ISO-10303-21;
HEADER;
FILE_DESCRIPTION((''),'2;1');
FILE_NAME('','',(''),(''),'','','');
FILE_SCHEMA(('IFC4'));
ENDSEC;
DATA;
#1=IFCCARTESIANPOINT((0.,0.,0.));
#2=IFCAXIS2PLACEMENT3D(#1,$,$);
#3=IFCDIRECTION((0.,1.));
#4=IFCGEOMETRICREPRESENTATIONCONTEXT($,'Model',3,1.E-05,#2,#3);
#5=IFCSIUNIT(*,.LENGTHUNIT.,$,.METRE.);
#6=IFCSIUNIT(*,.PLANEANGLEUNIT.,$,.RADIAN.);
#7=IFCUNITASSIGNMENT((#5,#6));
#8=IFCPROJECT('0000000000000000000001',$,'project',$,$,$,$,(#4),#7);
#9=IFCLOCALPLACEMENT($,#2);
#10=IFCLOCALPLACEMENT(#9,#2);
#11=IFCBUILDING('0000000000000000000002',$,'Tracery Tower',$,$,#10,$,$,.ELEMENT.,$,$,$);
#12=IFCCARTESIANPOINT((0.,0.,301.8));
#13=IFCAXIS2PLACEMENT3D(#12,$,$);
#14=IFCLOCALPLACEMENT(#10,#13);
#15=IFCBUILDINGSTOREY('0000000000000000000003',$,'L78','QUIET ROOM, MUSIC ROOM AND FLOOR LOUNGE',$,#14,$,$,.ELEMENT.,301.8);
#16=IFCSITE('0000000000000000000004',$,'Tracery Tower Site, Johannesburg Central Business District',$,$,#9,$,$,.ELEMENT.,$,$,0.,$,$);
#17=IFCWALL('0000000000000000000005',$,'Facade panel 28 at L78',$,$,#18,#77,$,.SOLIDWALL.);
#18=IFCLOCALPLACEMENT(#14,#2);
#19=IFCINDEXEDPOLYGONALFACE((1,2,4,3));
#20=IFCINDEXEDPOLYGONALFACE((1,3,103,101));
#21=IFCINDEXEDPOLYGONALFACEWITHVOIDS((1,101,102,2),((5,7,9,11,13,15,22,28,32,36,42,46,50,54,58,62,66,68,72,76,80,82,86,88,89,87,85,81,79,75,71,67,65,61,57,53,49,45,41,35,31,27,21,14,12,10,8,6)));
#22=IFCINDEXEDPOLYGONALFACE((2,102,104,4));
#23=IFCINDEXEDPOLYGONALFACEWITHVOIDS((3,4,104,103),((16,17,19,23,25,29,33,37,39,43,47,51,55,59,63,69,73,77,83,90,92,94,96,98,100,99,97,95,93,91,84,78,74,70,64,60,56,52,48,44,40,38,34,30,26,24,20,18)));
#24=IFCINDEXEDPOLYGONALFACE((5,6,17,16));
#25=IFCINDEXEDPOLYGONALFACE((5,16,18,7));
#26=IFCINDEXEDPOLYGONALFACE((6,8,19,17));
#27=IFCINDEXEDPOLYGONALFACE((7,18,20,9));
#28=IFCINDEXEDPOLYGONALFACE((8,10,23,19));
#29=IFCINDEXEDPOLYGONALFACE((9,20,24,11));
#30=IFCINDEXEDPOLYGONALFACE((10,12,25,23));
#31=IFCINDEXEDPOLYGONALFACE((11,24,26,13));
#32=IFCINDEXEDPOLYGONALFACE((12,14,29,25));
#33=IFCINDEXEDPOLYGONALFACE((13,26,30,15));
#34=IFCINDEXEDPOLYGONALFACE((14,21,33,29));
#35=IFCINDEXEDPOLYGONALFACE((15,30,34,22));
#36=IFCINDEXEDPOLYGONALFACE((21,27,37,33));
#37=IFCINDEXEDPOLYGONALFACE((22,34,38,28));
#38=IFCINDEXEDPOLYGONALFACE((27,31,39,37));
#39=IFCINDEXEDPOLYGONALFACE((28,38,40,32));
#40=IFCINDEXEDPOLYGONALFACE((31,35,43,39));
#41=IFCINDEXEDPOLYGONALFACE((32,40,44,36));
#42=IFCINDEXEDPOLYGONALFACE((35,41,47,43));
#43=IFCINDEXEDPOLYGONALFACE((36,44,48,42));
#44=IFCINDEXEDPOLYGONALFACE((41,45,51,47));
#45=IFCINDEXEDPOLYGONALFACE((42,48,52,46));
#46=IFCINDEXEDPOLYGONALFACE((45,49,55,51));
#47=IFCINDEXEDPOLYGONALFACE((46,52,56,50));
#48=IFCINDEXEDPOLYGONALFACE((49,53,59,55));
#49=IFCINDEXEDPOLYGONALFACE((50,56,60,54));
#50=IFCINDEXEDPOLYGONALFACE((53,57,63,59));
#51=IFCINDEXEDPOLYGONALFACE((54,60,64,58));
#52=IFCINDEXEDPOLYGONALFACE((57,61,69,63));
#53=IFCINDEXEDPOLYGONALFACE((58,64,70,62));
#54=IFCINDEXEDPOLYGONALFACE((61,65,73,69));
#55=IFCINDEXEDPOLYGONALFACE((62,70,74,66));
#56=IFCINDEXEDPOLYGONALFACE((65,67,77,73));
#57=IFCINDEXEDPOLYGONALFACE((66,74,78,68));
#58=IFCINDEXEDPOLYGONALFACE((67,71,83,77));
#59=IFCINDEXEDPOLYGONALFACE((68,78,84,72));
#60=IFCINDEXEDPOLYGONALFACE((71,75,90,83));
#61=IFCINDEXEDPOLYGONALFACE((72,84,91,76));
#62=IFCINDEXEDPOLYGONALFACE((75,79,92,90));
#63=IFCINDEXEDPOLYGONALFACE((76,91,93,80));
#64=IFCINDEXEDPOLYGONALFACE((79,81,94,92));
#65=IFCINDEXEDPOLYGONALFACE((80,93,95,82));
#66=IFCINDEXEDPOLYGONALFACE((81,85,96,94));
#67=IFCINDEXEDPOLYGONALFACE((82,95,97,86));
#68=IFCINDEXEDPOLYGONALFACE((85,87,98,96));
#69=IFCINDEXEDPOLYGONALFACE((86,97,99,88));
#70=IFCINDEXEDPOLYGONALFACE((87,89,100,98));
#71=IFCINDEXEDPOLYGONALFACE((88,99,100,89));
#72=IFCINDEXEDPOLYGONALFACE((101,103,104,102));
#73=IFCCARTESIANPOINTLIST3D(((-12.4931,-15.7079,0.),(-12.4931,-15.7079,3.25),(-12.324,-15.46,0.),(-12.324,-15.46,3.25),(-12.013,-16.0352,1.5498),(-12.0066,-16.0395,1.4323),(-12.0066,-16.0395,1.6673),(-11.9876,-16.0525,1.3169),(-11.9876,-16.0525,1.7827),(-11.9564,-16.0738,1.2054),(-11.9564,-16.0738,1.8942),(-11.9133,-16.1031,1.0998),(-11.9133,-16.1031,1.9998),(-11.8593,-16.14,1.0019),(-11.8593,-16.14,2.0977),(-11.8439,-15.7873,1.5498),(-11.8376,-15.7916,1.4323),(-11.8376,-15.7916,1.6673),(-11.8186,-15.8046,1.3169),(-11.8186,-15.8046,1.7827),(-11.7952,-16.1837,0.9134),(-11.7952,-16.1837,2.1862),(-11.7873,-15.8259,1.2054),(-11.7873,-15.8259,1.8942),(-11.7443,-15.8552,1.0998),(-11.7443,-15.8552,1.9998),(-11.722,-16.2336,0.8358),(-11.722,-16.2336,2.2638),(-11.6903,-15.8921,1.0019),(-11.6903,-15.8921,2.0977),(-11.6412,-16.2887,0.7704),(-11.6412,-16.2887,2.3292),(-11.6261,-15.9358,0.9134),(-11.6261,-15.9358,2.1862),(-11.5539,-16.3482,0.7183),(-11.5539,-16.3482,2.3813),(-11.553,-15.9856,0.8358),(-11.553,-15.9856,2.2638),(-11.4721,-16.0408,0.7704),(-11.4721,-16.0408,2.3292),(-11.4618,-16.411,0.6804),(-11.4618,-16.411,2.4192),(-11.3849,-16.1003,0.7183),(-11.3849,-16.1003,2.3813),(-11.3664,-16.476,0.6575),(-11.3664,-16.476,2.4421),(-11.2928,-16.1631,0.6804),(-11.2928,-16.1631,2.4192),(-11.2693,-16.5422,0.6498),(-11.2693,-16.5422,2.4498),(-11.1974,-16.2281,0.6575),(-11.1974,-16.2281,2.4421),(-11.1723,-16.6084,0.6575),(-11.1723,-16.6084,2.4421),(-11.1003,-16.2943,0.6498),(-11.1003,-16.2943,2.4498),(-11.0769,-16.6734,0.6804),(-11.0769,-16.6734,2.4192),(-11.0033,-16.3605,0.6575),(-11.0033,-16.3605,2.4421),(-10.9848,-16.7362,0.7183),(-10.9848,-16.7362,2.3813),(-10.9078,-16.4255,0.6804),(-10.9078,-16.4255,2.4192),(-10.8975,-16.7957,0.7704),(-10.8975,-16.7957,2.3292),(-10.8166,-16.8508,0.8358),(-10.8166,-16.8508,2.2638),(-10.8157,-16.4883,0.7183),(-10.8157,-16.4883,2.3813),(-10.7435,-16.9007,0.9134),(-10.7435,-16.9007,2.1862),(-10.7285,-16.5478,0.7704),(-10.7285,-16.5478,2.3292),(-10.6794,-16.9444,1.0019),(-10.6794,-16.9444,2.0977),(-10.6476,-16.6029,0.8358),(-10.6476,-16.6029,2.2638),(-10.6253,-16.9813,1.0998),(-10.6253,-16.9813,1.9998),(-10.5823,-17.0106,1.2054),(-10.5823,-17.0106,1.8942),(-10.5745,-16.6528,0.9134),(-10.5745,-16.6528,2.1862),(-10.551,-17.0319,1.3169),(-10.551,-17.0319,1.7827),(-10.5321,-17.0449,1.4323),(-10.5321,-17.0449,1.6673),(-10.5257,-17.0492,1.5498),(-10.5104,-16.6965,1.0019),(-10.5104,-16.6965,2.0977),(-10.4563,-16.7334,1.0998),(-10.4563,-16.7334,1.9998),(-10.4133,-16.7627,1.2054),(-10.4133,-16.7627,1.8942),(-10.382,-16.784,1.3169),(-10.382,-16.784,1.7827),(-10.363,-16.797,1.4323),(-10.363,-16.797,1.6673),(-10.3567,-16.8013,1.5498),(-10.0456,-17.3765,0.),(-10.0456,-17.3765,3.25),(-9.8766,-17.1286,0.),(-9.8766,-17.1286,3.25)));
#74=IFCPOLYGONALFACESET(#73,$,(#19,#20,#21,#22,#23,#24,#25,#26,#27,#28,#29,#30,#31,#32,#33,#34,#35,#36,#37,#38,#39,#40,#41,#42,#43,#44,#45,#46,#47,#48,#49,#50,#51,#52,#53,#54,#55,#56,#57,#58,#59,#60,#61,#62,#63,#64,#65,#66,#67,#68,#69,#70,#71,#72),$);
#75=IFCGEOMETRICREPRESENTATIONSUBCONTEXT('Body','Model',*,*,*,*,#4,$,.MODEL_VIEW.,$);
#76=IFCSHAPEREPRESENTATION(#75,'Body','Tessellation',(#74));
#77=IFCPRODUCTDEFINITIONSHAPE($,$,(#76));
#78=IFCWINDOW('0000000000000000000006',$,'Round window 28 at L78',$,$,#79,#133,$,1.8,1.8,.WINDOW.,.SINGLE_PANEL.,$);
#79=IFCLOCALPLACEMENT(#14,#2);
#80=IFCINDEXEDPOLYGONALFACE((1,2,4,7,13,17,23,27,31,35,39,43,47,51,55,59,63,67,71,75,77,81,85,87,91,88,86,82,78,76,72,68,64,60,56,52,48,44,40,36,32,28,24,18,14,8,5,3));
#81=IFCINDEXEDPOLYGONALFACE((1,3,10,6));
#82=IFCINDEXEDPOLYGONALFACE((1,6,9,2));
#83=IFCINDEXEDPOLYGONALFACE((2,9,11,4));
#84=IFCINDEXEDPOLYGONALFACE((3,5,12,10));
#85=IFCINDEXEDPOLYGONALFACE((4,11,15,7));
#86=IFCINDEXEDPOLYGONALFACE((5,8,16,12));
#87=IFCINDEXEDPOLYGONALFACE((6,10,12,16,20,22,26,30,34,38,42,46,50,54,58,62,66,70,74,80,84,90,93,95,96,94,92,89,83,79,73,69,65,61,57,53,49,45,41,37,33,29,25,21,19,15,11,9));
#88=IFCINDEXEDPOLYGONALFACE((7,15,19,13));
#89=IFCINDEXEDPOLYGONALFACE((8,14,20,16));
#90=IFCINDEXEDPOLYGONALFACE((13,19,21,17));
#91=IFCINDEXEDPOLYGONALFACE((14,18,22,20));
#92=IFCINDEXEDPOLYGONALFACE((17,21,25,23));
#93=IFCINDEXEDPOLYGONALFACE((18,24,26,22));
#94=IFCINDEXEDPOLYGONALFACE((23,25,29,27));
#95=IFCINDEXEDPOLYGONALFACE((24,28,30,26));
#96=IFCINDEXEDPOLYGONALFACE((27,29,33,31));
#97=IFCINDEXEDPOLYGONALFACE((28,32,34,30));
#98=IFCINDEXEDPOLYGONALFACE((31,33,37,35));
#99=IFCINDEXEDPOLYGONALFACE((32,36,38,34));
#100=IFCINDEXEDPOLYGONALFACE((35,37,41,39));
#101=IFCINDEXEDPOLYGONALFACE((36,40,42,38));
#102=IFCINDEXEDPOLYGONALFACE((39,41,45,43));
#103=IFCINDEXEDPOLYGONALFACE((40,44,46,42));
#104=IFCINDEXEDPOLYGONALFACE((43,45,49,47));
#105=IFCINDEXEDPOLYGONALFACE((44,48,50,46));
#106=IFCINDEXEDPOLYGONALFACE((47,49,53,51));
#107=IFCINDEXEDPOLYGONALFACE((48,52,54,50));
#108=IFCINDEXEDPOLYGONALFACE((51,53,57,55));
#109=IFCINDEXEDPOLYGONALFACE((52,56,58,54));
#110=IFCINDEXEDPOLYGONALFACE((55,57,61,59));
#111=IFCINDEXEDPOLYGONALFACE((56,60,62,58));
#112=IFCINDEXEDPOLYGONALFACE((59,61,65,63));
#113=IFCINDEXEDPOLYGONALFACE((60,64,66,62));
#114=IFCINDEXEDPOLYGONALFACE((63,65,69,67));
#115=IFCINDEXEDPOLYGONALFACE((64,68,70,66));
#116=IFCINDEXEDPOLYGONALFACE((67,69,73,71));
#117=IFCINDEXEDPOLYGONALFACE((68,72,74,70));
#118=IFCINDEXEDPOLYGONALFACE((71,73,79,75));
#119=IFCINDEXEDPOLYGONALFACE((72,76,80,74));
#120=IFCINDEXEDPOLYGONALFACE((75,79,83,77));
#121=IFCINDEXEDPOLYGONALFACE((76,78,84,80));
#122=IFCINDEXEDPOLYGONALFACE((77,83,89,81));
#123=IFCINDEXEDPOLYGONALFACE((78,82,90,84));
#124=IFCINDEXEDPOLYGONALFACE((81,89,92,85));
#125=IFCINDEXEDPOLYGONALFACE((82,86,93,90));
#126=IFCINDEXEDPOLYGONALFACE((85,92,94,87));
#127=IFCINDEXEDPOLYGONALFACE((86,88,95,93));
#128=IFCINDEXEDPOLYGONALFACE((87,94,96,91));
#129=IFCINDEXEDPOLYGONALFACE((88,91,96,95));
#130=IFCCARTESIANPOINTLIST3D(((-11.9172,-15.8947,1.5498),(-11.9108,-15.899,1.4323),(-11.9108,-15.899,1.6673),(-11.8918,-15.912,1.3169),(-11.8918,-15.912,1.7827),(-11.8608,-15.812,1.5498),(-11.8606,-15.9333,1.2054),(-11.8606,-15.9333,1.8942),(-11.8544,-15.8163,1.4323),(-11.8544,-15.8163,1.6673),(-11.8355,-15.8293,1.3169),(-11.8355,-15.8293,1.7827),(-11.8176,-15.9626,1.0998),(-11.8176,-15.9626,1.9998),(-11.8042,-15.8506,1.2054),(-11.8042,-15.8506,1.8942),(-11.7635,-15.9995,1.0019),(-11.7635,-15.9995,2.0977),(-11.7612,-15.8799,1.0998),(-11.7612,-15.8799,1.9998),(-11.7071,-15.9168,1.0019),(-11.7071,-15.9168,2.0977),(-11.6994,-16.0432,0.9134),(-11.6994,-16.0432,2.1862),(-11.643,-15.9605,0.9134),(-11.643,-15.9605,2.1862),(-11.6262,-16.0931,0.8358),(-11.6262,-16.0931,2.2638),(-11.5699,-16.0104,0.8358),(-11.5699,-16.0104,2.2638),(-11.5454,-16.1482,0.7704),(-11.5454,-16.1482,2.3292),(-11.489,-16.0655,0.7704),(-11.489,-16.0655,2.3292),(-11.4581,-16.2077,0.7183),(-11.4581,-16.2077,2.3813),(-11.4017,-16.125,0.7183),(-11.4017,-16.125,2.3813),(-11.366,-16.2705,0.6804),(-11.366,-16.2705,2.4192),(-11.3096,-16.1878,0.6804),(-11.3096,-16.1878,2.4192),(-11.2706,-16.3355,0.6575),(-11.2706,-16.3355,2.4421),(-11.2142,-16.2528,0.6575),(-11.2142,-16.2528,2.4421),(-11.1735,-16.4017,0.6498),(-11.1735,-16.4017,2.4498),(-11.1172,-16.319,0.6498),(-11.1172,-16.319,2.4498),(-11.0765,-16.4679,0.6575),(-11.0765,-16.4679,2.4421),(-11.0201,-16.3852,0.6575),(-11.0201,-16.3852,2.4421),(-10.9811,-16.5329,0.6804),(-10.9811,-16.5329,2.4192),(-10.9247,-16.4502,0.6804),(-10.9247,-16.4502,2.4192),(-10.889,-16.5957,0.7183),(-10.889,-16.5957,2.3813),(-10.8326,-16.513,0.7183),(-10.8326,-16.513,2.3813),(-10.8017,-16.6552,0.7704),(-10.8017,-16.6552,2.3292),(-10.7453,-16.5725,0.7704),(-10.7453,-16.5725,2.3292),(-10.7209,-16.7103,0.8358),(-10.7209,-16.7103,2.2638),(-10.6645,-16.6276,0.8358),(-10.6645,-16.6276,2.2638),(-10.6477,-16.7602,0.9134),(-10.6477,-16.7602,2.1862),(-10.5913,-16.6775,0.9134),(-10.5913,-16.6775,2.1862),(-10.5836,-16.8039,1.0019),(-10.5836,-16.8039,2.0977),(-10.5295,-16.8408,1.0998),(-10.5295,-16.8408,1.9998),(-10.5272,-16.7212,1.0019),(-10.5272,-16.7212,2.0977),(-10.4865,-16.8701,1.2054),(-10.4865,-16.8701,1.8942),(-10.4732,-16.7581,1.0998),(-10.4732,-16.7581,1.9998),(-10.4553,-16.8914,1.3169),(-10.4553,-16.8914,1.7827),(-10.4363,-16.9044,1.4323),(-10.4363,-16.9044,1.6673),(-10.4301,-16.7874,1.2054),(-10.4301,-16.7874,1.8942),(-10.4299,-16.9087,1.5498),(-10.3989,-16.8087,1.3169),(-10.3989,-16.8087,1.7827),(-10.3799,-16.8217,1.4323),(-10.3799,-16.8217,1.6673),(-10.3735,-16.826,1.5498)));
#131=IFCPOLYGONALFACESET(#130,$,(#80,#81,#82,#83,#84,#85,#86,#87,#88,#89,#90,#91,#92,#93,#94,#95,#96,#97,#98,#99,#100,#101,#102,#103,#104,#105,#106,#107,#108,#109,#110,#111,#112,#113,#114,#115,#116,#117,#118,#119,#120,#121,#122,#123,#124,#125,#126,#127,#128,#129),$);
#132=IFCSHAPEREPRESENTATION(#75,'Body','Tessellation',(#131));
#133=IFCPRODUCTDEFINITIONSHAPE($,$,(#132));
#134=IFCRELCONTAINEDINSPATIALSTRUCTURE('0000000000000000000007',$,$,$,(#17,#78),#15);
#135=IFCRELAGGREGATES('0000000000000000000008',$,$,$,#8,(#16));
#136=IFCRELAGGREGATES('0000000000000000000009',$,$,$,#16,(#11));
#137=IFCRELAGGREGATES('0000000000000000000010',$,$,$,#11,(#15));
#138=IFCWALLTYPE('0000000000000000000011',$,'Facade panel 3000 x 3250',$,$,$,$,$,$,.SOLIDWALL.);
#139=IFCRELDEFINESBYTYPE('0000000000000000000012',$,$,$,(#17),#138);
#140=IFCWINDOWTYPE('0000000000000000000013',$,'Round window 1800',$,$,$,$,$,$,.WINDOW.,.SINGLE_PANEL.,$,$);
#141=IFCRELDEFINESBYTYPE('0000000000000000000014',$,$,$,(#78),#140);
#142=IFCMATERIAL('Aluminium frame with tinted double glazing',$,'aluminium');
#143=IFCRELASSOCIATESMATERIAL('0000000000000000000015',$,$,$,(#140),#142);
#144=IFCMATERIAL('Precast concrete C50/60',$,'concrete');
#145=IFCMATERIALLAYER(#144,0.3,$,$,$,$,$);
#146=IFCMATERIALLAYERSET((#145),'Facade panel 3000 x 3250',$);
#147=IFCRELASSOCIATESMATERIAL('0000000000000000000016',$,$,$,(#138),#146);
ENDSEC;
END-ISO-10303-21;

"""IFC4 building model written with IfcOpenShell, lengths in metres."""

from ifc_helpers import new_model, si_unit, direction, frame, frame_2d, origin, origin_2d, place, context, subcontext, project, spatial, rectangle, circle, extrude, material, layer, layer_set, type_object, element, fill, save


model = new_model("IFC4")

# Units and contexts
model_context = context("Model", 3, precision=1e-05, world=origin(), true_north=direction((0.0, 1.0)))
body_context = subcontext(model_context, "Body", "Model", "MODEL_VIEW")
ifc_project = project(units=[si_unit("LENGTHUNIT", "METRE"), si_unit("PLANEANGLEUNIT", "RADIAN")], contexts=[model_context])

# Site, building, storey
site_placement = place(None, origin())
site = spatial("IfcSite", under=ifc_project, at=site_placement, Name="Tracery Tower Site, Johannesburg Central Business District", CompositionType="ELEMENT", RefElevation=0.0)
building_placement = place(site_placement, origin())
building = spatial("IfcBuilding", under=site, at=building_placement, Name="Tracery Tower", CompositionType="ELEMENT")
storey_placement = place(building_placement, frame((0.0, 0.0, 301.8)))
storey = spatial("IfcBuildingStorey", under=building, at=storey_placement, Name="L78", Description="QUIET ROOM, MUSIC ROOM AND FLOOR LOUNGE", CompositionType="ELEMENT", Elevation=301.8)

# Wall, opening, window
ifc_material_1 = material(Name="Aluminium frame with tinted double glazing", Category="aluminium")
window_type = type_object("IfcWindowType", Name="Round window 1800", PartitioningType="SINGLE_PANEL", PredefinedType="WINDOW", material=ifc_material_1)
ifc_material_2 = material(Name="Precast concrete C50/60", Category="concrete")
ifc_layer_1 = layer(ifc_material_2, 0.3)
ifc_layer_set_1 = layer_set([ifc_layer_1], Name="Facade panel 3000 x 3250")
wall_type_1 = type_object("IfcWallType", Name="Facade panel 3000 x 3250", PredefinedType="SOLIDWALL", material=ifc_layer_set_1)
wall_1_placement = place(storey_placement, frame((-12.4084, -15.584, 0.0), z_axis=(0.0, 0.0, 1.0), x_axis=(0.826236, -0.563324, 0.0)))
wall_1 = element("IfcWall", 1, at=wall_1_placement, inside=storey, type_object=wall_type_1, Name="Facade panel 28 at L78", PredefinedType="SOLIDWALL", context=body_context, shape_type="SweptSolid", body=[
    extrude(rectangle(XDim=2.9622, YDim=0.3, at=frame_2d((1.481, 0.0))), origin(), (0.0, 0.0, 1.0), 3.25),
])
opening_1_placement = place(wall_1_placement, frame((1.481, 0.0, 1.5498)))
opening_1 = element("IfcOpeningElement", 2, at=opening_1_placement, cuts=wall_1, PredefinedType="OPENING", context=body_context, shape_type="SweptSolid", body=[
    extrude(circle(Radius=0.9, at=origin_2d()), frame((0.0, 0.1599, 0.0), z_axis=(0.0, -1.0, 0.0), x_axis=(1.0, 0.0, 0.0)), (0.0, 0.0, 1.0), 0.3201),
])
window_1_placement = place(opening_1_placement, origin())
window_1 = element("IfcWindow", 3, at=window_1_placement, inside=storey, type_object=window_type, Name="Round window 28 at L78", OverallHeight=1.8, OverallWidth=1.8, PartitioningType="SINGLE_PANEL", PredefinedType="WINDOW", context=body_context, shape_type="SweptSolid", body=[
    extrude(circle(Radius=0.9, at=origin_2d()), frame((0.0, 0.1201, 0.0), z_axis=(0.0, -1.0, 0.0), x_axis=(1.0, 0.0, 0.0)), (0.0, 0.0, 1.0), 0.1001),
])
fill(opening_1, window_1)

save(model, "model.ifc")
